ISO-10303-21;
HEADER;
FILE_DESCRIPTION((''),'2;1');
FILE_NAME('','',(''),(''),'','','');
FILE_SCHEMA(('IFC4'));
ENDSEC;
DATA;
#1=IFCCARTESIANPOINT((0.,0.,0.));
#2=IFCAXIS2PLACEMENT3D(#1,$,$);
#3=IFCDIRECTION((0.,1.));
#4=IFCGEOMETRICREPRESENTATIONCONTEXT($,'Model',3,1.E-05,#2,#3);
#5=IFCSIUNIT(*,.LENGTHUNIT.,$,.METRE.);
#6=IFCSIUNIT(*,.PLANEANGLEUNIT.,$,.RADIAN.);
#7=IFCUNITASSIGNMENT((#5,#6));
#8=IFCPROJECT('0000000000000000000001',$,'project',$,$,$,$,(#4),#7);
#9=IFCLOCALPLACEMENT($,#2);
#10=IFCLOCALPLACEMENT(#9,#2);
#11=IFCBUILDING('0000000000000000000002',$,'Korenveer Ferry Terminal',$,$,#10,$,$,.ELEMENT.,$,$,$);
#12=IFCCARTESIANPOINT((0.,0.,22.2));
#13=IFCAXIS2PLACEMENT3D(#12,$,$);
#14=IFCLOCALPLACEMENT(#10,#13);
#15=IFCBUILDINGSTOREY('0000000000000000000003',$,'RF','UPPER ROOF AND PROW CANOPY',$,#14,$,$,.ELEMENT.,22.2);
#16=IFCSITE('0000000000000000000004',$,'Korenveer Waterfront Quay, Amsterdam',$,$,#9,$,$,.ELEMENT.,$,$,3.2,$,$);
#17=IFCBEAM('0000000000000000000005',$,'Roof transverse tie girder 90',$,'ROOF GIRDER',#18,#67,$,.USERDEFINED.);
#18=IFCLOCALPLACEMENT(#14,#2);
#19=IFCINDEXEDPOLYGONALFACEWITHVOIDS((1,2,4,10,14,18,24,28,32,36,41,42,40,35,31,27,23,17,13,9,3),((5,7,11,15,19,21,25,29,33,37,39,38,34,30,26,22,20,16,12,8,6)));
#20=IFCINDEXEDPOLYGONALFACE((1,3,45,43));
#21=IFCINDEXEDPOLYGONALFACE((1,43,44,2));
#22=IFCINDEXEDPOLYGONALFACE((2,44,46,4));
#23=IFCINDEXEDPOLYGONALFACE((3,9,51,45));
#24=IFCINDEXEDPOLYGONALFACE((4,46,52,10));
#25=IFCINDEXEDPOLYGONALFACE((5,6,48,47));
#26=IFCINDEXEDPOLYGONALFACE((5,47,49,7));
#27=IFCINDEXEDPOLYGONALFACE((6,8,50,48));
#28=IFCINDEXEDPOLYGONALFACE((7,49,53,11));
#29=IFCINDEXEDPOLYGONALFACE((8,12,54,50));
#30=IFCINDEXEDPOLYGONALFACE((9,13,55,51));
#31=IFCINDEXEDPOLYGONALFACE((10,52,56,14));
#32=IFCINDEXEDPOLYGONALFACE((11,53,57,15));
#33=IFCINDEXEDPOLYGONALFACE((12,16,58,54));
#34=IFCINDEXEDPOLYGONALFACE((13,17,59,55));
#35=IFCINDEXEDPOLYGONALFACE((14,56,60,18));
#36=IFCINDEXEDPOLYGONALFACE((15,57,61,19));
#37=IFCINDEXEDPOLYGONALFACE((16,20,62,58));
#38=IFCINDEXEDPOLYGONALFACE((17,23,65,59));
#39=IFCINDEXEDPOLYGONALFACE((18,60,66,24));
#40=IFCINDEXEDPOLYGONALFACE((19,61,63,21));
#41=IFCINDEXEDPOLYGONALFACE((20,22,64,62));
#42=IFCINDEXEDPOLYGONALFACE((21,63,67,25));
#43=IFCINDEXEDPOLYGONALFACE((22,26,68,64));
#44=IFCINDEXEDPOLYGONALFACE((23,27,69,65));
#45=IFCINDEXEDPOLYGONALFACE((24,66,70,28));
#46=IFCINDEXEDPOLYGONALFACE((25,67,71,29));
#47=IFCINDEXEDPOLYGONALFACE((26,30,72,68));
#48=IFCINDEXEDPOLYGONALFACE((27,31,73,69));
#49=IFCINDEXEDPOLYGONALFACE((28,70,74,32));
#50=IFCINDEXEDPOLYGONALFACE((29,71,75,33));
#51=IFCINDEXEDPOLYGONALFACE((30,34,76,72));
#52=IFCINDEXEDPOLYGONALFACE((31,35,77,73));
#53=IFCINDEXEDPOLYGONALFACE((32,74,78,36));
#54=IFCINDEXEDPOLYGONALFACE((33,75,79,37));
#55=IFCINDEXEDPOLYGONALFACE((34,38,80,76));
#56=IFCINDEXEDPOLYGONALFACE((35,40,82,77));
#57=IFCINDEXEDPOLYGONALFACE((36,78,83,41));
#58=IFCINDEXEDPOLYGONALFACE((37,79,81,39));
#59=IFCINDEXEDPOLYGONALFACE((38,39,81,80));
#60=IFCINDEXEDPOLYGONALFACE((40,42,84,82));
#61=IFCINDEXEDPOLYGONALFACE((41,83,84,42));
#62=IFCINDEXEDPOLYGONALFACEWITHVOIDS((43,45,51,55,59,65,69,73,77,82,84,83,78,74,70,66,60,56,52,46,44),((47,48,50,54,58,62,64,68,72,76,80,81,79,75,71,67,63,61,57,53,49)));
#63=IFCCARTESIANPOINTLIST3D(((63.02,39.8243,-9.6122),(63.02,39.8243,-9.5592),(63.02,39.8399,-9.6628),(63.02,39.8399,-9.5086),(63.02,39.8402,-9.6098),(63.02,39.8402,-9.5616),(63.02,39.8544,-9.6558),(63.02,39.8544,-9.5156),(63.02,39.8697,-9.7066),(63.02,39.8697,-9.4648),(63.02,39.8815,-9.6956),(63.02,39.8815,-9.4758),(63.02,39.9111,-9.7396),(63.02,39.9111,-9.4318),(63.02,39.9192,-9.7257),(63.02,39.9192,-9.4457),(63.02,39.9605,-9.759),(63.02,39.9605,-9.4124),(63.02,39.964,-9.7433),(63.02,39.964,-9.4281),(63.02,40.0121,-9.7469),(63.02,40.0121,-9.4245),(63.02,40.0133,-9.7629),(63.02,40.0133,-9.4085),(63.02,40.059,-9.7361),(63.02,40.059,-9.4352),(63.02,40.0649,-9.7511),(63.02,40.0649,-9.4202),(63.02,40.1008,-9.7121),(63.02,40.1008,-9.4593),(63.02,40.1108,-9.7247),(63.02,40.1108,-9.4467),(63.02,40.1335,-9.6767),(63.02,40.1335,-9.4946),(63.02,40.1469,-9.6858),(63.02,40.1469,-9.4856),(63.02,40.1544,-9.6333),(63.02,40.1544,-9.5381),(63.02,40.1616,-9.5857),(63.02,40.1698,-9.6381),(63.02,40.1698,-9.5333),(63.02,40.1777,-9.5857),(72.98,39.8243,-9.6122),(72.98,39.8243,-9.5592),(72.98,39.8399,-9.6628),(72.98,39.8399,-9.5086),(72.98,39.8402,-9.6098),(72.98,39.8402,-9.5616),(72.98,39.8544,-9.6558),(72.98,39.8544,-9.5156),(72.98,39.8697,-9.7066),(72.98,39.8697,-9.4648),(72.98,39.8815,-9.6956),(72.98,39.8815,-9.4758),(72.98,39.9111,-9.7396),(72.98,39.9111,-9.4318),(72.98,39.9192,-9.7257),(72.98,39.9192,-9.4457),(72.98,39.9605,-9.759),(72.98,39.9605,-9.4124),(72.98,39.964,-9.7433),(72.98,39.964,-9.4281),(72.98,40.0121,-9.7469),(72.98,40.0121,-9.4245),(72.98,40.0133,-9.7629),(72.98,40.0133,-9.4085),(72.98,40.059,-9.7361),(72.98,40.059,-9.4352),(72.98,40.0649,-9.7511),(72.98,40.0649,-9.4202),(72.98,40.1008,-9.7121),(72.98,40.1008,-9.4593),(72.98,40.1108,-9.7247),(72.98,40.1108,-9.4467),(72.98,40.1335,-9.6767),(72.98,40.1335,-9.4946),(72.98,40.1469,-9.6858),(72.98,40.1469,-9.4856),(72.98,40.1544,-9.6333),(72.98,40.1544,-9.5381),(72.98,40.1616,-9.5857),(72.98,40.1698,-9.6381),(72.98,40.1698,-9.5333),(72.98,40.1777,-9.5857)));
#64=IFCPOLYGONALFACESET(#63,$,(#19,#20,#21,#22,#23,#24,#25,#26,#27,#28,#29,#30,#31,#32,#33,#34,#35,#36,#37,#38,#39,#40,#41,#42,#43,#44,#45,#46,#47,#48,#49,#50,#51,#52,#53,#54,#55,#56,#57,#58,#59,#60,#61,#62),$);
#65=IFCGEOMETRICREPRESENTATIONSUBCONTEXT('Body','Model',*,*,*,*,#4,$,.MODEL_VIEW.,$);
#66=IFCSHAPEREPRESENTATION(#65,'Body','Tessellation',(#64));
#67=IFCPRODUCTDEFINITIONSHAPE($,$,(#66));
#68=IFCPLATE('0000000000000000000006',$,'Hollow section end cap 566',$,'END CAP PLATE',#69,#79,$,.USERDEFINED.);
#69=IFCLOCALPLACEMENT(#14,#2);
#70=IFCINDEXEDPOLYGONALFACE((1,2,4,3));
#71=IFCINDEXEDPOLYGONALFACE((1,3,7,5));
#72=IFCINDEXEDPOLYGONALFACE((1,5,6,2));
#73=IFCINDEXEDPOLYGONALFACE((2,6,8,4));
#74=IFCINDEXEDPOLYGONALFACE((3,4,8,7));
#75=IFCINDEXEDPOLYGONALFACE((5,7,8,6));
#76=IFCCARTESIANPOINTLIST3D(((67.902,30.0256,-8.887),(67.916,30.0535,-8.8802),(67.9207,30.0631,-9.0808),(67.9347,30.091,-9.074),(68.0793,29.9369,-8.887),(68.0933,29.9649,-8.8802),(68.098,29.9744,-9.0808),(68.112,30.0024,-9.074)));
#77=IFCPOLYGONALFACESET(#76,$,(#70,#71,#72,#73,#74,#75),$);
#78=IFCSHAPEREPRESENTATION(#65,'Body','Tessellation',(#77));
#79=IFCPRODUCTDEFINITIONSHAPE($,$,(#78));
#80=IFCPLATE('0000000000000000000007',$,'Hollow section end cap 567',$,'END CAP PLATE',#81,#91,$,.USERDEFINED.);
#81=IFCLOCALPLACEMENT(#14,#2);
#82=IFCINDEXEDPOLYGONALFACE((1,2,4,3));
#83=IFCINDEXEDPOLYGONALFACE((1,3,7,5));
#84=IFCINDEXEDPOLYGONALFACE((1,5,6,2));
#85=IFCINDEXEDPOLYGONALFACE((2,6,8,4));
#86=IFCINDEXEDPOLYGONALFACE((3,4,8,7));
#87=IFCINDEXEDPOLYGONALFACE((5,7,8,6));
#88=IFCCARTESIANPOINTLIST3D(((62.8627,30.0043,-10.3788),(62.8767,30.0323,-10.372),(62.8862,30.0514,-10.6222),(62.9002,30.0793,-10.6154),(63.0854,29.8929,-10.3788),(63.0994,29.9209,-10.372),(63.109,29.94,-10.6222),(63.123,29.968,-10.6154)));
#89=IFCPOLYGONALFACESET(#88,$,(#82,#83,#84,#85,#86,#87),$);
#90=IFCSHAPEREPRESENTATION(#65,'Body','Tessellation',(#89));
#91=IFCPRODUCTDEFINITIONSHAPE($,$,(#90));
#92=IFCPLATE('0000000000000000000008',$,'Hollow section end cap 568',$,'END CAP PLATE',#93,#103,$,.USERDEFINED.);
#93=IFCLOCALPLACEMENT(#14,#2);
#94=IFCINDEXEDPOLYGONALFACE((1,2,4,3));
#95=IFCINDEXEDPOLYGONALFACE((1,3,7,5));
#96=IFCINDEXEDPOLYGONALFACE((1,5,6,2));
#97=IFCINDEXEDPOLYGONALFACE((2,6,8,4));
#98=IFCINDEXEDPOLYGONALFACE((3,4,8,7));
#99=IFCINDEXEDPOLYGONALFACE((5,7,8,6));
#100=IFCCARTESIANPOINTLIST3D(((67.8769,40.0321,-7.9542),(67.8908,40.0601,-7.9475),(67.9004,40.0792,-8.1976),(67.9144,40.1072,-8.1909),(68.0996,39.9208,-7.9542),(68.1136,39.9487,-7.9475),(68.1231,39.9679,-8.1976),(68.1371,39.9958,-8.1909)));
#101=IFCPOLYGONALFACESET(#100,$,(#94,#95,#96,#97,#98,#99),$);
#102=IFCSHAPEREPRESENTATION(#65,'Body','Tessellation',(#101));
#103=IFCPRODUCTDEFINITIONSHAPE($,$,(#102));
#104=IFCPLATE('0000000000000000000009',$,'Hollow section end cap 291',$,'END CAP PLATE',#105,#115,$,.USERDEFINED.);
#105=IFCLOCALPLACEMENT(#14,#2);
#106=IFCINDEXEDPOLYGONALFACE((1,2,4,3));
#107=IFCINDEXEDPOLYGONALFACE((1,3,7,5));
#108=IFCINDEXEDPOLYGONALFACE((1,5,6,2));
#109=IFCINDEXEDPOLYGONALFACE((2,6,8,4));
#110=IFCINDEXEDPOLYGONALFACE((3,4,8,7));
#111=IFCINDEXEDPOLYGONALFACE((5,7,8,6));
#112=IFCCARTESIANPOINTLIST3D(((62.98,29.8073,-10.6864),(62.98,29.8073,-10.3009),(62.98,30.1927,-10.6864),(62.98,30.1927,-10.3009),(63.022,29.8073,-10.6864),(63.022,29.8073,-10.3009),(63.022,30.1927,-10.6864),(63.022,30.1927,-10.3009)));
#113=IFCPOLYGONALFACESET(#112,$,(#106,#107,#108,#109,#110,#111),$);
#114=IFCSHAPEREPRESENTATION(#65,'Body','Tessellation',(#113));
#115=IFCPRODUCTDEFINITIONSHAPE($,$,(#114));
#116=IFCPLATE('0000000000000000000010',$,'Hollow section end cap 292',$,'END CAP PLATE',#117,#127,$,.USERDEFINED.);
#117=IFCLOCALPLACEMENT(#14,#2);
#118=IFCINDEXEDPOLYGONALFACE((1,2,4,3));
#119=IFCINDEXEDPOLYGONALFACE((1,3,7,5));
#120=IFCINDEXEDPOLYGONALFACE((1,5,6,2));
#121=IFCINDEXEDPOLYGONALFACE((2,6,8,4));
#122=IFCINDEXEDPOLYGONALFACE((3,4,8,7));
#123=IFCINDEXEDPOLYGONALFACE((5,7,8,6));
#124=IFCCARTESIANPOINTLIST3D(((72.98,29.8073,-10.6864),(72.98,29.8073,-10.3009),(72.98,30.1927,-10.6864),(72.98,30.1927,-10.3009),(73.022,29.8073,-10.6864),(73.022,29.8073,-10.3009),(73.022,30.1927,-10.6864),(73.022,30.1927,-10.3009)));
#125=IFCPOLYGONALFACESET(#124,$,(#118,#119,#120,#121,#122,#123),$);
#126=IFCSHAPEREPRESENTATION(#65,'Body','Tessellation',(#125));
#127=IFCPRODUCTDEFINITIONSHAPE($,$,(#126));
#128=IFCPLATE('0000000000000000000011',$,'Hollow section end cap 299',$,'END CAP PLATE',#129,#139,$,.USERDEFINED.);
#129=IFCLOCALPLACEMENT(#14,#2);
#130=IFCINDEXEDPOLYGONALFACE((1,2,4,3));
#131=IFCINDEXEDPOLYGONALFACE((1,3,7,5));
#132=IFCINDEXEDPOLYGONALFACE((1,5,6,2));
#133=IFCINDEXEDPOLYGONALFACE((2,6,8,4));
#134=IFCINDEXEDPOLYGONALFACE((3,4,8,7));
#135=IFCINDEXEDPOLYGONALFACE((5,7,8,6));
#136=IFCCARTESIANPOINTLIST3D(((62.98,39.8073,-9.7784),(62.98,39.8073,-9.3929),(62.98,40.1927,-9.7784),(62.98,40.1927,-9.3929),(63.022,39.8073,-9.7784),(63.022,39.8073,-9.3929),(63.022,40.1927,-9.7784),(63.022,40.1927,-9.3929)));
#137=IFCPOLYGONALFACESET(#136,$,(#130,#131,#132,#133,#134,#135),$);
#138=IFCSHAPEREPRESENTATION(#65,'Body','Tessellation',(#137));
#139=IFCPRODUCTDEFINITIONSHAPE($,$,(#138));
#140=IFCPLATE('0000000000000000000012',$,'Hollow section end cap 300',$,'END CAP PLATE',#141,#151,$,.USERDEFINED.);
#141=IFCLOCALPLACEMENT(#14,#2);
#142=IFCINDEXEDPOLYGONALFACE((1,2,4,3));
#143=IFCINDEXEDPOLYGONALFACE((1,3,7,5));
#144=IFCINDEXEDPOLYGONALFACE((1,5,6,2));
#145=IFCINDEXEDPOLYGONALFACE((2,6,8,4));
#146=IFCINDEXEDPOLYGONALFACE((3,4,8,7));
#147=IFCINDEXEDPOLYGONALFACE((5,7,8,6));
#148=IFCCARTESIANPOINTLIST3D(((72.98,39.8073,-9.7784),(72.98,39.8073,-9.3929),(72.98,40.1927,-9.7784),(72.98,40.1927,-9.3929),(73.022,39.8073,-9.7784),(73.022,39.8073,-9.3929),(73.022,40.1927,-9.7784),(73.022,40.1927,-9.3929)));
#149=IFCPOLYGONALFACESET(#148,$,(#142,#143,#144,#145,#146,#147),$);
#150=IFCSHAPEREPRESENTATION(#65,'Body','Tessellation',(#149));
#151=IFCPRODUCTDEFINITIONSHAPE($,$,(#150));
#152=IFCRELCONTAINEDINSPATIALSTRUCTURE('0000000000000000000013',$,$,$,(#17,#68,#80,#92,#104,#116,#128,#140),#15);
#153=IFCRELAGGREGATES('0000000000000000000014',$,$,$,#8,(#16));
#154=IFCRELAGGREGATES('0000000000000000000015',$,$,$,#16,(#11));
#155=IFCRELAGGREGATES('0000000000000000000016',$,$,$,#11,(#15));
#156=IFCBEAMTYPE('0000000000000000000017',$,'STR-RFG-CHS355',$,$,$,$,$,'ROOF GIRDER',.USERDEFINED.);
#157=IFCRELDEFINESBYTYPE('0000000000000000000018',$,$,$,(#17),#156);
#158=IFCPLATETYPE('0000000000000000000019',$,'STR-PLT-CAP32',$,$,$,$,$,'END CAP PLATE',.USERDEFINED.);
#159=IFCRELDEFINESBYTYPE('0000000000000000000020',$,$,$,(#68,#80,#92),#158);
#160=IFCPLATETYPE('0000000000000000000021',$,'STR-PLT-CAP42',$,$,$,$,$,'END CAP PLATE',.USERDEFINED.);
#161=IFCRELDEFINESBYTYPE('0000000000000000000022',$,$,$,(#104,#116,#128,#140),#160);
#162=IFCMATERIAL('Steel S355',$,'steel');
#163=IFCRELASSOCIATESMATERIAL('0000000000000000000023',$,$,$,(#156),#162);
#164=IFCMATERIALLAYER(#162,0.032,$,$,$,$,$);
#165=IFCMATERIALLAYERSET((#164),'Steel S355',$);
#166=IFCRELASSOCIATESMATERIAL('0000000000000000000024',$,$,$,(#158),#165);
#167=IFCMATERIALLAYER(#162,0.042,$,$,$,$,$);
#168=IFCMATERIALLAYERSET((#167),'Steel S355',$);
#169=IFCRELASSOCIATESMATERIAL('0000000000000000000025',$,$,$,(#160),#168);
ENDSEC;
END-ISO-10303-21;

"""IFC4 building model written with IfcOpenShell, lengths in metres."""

from ifc_helpers import new_model, si_unit, direction, frame, origin, origin_2d, place, context, subcontext, project, spatial, rectangle, hollow_circle, extrude, material, layer, layer_set, material_profile, profile_set, type_object, element, save


model = new_model("IFC4")

# Units and contexts
model_context = context("Model", 3, precision=1e-05, world=origin(), true_north=direction((0.0, 1.0)))
body_context = subcontext(model_context, "Body", "Model", "MODEL_VIEW")
ifc_project = project(units=[si_unit("LENGTHUNIT", "METRE"), si_unit("PLANEANGLEUNIT", "RADIAN")], contexts=[model_context])

# Site, building, storey
site_placement = place(None, origin())
site = spatial("IfcSite", under=ifc_project, at=site_placement, Name="Korenveer Waterfront Quay, Amsterdam", CompositionType="ELEMENT", RefElevation=3.2)
building_placement = place(site_placement, origin())
building = spatial("IfcBuilding", under=site, at=building_placement, Name="Korenveer Ferry Terminal", CompositionType="ELEMENT")
storey_placement = place(building_placement, frame((0.0, 0.0, 22.2)))
storey = spatial("IfcBuildingStorey", under=building, at=storey_placement, Name="RF", Description="UPPER ROOF AND PROW CANOPY", CompositionType="ELEMENT", Elevation=22.2)

# Shared definitions
ifc_material_1 = material(Name="Steel S355", Category="steel")

# Beam
ifc_material_profile_1 = material_profile(ifc_material_1, hollow_circle(Radius=0.1777, WallThickness=0.0161, at=origin_2d()), Name="CHS 355.6x16")
ifc_profile_set_1 = profile_set([ifc_material_profile_1], Name="Steel S355")
beam_type_1 = type_object("IfcBeamType", Name="STR-RFG-CHS355", ElementType="ROOF GIRDER", PredefinedType="USERDEFINED", material=ifc_profile_set_1)
for number, where, z_axis, x_axis, name in (
    (1, (63.02, 40.0, -9.5857), (1.0, 0.0, 0.0), (0.0, 1.0, 0.0), "Roof transverse tie girder 90"),
):
    element("IfcBeam", number, at=place(storey_placement, frame(where, z_axis=z_axis, x_axis=x_axis)), inside=storey, type_object=beam_type_1, Name=name, ObjectType="ROOF GIRDER", PredefinedType="USERDEFINED", context=body_context, shape_type="SweptSolid", body=[
        extrude(hollow_circle(Radius=0.1777, WallThickness=0.0161, at=origin_2d()), origin(), (0.0, 0.0, 1.0), 9.96),
    ])

# Plates
ifc_layer_1 = layer(ifc_material_1, 0.032)
ifc_layer_set_1 = layer_set([ifc_layer_1], Name="Steel S355")
plate_type_1 = type_object("IfcPlateType", Name="STR-PLT-CAP32", ElementType="END CAP PLATE", PredefinedType="USERDEFINED", material=ifc_layer_set_1)
plate_placement = place(storey_placement, frame((68.0, 30.0, -8.9839), z_axis=(0.43711, 0.874221, 0.21136), x_axis=(-0.894427, 0.447214, 0.0)))
element("IfcPlate", 2, at=plate_placement, inside=storey, type_object=plate_type_1, Name="Hollow section end cap 566", ObjectType="END CAP PLATE", PredefinedType="USERDEFINED", context=body_context, shape_type="SweptSolid", body=[
    extrude(rectangle(XDim=0.1982, YDim=0.1982, at=origin_2d()), origin(), (0.0, 0.0, 1.0), 0.032),
])
for number, where, z_axis, x_axis, name in (
    (3, (62.9858, 29.9722, -10.5005), (0.43711, 0.874221, 0.21136), (-0.894427, 0.447214, 0.0), "Hollow section end cap 567"),
    (4, (68.0, 40.0, -8.0759), (0.43711, 0.874221, 0.21136), (-0.894427, 0.447214, 0.0), "Hollow section end cap 568"),
):
    element("IfcPlate", number, at=place(storey_placement, frame(where, z_axis=z_axis, x_axis=x_axis)), inside=storey, type_object=plate_type_1, Name=name, ObjectType="END CAP PLATE", PredefinedType="USERDEFINED", context=body_context, shape_type="SweptSolid", body=[
        extrude(rectangle(XDim=0.249, YDim=0.249, at=origin_2d()), origin(), (0.0, 0.0, 1.0), 0.032),
    ])
ifc_layer_2 = layer(ifc_material_1, 0.042)
ifc_layer_set_2 = layer_set([ifc_layer_2], Name="Steel S355")
plate_type_2 = type_object("IfcPlateType", Name="STR-PLT-CAP42", ElementType="END CAP PLATE", PredefinedType="USERDEFINED", material=ifc_layer_set_2)
for number, where, z_axis, x_axis, name in (
    (5, (62.98, 30.0, -10.4937), (1.0, 0.0, 0.0), (0.0, 1.0, 0.0), "Hollow section end cap 291"),
    (6, (72.98, 30.0, -10.4937), (1.0, 0.0, 0.0), (0.0, 1.0, 0.0), "Hollow section end cap 292"),
    (7, (62.98, 40.0, -9.5857), (1.0, 0.0, 0.0), (0.0, 1.0, 0.0), "Hollow section end cap 299"),
    (8, (72.98, 40.0, -9.5857), (1.0, 0.0, 0.0), (0.0, 1.0, 0.0), "Hollow section end cap 300"),
):
    element("IfcPlate", number, at=place(storey_placement, frame(where, z_axis=z_axis, x_axis=x_axis)), inside=storey, type_object=plate_type_2, Name=name, ObjectType="END CAP PLATE", PredefinedType="USERDEFINED", context=body_context, shape_type="SweptSolid", body=[
        extrude(rectangle(XDim=0.3855, YDim=0.3855, at=origin_2d()), origin(), (0.0, 0.0, 1.0), 0.042),
    ])

save(model, "model.ifc")
